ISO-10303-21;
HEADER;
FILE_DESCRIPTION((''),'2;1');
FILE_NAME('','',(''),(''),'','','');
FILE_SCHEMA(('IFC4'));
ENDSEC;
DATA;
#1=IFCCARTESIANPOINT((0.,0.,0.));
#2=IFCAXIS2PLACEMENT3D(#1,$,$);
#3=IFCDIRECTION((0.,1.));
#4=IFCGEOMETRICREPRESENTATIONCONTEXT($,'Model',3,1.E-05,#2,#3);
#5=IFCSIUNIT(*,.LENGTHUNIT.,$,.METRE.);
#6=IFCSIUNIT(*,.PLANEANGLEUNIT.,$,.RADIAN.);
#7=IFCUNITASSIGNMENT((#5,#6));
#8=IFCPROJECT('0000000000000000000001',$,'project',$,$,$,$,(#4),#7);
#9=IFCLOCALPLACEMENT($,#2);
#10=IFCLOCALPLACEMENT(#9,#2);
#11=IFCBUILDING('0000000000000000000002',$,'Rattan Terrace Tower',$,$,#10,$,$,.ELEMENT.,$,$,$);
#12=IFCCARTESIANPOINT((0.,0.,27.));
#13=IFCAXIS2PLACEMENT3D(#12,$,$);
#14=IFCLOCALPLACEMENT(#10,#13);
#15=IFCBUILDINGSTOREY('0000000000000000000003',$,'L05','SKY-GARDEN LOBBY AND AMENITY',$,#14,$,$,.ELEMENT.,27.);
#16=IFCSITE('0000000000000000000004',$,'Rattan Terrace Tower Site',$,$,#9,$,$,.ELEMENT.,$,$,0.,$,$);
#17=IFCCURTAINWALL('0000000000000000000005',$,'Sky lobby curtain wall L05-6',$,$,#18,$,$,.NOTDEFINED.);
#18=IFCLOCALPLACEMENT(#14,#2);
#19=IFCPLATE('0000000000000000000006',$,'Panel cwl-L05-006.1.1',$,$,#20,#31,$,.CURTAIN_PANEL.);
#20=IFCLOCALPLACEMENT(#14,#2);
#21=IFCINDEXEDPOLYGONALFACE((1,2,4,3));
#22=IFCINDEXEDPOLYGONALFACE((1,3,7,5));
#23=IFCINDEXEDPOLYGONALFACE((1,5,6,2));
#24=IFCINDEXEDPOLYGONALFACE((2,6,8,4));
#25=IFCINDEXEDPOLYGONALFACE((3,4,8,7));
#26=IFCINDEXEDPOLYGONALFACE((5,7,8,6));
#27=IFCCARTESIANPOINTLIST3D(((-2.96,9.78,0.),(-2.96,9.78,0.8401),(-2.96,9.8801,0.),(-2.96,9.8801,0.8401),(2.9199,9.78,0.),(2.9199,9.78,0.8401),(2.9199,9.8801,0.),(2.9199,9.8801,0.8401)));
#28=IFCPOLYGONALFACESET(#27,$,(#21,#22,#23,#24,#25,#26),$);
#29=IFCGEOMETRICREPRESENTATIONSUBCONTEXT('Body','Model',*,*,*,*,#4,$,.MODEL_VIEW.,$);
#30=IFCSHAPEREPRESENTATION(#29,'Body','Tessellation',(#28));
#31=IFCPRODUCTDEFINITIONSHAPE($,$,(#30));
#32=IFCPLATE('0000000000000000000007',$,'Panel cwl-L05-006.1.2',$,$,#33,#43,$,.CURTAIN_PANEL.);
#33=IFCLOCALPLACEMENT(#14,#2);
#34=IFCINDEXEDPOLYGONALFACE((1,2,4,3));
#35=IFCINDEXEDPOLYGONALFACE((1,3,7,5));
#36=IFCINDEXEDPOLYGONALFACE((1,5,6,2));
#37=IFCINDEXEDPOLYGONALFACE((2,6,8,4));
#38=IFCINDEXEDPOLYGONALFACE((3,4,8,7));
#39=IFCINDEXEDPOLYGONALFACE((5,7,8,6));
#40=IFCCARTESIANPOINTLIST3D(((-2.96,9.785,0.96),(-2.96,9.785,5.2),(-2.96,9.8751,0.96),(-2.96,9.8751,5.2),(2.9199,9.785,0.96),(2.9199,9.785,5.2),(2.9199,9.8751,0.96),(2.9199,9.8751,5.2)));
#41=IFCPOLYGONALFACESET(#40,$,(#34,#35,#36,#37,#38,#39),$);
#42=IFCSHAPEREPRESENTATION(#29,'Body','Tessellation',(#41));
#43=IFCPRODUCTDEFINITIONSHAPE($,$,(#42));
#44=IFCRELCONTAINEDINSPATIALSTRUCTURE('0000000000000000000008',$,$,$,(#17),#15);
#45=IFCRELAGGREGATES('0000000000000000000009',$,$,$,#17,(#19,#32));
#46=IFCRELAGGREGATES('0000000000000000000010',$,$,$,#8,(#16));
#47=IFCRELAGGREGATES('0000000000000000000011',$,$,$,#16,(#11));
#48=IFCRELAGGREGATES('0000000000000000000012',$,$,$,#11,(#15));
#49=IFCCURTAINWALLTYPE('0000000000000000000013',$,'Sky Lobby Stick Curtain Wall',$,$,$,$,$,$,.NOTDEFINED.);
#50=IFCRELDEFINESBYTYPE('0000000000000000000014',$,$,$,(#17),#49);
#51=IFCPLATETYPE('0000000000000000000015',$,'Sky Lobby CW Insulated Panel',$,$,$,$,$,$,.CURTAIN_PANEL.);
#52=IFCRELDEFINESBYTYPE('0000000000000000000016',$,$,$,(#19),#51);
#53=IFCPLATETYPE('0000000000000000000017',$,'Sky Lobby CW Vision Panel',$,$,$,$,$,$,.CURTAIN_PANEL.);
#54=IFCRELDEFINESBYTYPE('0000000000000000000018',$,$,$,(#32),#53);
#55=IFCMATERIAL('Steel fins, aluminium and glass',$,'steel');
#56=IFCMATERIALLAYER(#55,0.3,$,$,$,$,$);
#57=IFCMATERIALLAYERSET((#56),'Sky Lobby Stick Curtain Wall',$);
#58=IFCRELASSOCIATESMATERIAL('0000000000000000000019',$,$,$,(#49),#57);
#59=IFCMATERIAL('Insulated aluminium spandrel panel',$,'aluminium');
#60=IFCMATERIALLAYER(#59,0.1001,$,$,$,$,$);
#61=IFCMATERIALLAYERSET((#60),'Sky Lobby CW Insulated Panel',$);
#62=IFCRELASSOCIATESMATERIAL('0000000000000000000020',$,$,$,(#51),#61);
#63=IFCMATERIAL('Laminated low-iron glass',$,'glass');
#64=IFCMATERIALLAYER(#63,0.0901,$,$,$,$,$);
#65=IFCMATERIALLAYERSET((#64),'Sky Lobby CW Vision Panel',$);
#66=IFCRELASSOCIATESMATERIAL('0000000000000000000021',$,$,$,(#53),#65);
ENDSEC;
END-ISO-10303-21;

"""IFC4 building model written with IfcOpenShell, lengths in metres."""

from ifc_helpers import new_model, si_unit, direction, frame, origin, origin_2d, place, context, subcontext, project, spatial, rectangle, extrude, material, layer, layer_set, type_object, element, aggregate, save


model = new_model("IFC4")

# Units and contexts
model_context = context("Model", 3, precision=1e-05, world=origin(), true_north=direction((0.0, 1.0)))
body_context = subcontext(model_context, "Body", "Model", "MODEL_VIEW")
ifc_project = project(units=[si_unit("LENGTHUNIT", "METRE"), si_unit("PLANEANGLEUNIT", "RADIAN")], contexts=[model_context])

# Site, building, storey
site_placement = place(None, origin())
site = spatial("IfcSite", under=ifc_project, at=site_placement, Name="Rattan Terrace Tower Site", CompositionType="ELEMENT", RefElevation=0.0)
building_placement = place(site_placement, origin())
building = spatial("IfcBuilding", under=site, at=building_placement, Name="Rattan Terrace Tower", CompositionType="ELEMENT")
storey_placement = place(building_placement, frame((0.0, 0.0, 27.0)))
storey = spatial("IfcBuildingStorey", under=building, at=storey_placement, Name="L05", Description="SKY-GARDEN LOBBY AND AMENITY", CompositionType="ELEMENT", Elevation=27.0)

# Curtain wall
ifc_material_1 = material(Name="Steel fins, aluminium and glass", Category="steel")
ifc_layer_1 = layer(ifc_material_1, 0.3)
ifc_layer_set_1 = layer_set([ifc_layer_1], Name="Sky Lobby Stick Curtain Wall")
curtain_wall_type = type_object("IfcCurtainWallType", Name="Sky Lobby Stick Curtain Wall", PredefinedType="NOTDEFINED", material=ifc_layer_set_1)
curtain_wall_placement = place(storey_placement, origin())
curtain_wall = element("IfcCurtainWall", 1, at=curtain_wall_placement, inside=storey, type_object=curtain_wall_type, Name="Sky lobby curtain wall L05-6", PredefinedType="NOTDEFINED")

# Plates
ifc_material_2 = material(Name="Insulated aluminium spandrel panel", Category="aluminium")
ifc_layer_2 = layer(ifc_material_2, 0.1001)
ifc_layer_set_2 = layer_set([ifc_layer_2], Name="Sky Lobby CW Insulated Panel")
plate_type_1 = type_object("IfcPlateType", Name="Sky Lobby CW Insulated Panel", PredefinedType="CURTAIN_PANEL", material=ifc_layer_set_2)
plate_1_placement = place(storey_placement, frame((-0.02, 9.8301, 0.0), z_axis=(0.0, 0.0, 1.0), x_axis=(-1.0, 0.0, 0.0)))
plate_1 = element("IfcPlate", 2, at=plate_1_placement, type_object=plate_type_1, Name="Panel cwl-L05-006.1.1", PredefinedType="CURTAIN_PANEL", context=body_context, shape_type="SweptSolid", body=[
    extrude(rectangle(XDim=5.8799, YDim=0.1001, at=origin_2d()), origin(), (0.0, 0.0, 1.0), 0.8401),
])
ifc_material_3 = material(Name="Laminated low-iron glass", Category="glass")
ifc_layer_3 = layer(ifc_material_3, 0.0901)
ifc_layer_set_3 = layer_set([ifc_layer_3], Name="Sky Lobby CW Vision Panel")
plate_type_2 = type_object("IfcPlateType", Name="Sky Lobby CW Vision Panel", PredefinedType="CURTAIN_PANEL", material=ifc_layer_set_3)
plate_2_placement = place(storey_placement, frame((-0.02, 9.8301, 0.96), z_axis=(0.0, 0.0, 1.0), x_axis=(-1.0, 0.0, 0.0)))
plate_2 = element("IfcPlate", 3, at=plate_2_placement, type_object=plate_type_2, Name="Panel cwl-L05-006.1.2", PredefinedType="CURTAIN_PANEL", context=body_context, shape_type="SweptSolid", body=[
    extrude(rectangle(XDim=5.8799, YDim=0.0901, at=origin_2d()), origin(), (0.0, 0.0, 1.0), 4.24),
])
aggregate(curtain_wall, [plate_1, plate_2])

save(model, "model.ifc")
